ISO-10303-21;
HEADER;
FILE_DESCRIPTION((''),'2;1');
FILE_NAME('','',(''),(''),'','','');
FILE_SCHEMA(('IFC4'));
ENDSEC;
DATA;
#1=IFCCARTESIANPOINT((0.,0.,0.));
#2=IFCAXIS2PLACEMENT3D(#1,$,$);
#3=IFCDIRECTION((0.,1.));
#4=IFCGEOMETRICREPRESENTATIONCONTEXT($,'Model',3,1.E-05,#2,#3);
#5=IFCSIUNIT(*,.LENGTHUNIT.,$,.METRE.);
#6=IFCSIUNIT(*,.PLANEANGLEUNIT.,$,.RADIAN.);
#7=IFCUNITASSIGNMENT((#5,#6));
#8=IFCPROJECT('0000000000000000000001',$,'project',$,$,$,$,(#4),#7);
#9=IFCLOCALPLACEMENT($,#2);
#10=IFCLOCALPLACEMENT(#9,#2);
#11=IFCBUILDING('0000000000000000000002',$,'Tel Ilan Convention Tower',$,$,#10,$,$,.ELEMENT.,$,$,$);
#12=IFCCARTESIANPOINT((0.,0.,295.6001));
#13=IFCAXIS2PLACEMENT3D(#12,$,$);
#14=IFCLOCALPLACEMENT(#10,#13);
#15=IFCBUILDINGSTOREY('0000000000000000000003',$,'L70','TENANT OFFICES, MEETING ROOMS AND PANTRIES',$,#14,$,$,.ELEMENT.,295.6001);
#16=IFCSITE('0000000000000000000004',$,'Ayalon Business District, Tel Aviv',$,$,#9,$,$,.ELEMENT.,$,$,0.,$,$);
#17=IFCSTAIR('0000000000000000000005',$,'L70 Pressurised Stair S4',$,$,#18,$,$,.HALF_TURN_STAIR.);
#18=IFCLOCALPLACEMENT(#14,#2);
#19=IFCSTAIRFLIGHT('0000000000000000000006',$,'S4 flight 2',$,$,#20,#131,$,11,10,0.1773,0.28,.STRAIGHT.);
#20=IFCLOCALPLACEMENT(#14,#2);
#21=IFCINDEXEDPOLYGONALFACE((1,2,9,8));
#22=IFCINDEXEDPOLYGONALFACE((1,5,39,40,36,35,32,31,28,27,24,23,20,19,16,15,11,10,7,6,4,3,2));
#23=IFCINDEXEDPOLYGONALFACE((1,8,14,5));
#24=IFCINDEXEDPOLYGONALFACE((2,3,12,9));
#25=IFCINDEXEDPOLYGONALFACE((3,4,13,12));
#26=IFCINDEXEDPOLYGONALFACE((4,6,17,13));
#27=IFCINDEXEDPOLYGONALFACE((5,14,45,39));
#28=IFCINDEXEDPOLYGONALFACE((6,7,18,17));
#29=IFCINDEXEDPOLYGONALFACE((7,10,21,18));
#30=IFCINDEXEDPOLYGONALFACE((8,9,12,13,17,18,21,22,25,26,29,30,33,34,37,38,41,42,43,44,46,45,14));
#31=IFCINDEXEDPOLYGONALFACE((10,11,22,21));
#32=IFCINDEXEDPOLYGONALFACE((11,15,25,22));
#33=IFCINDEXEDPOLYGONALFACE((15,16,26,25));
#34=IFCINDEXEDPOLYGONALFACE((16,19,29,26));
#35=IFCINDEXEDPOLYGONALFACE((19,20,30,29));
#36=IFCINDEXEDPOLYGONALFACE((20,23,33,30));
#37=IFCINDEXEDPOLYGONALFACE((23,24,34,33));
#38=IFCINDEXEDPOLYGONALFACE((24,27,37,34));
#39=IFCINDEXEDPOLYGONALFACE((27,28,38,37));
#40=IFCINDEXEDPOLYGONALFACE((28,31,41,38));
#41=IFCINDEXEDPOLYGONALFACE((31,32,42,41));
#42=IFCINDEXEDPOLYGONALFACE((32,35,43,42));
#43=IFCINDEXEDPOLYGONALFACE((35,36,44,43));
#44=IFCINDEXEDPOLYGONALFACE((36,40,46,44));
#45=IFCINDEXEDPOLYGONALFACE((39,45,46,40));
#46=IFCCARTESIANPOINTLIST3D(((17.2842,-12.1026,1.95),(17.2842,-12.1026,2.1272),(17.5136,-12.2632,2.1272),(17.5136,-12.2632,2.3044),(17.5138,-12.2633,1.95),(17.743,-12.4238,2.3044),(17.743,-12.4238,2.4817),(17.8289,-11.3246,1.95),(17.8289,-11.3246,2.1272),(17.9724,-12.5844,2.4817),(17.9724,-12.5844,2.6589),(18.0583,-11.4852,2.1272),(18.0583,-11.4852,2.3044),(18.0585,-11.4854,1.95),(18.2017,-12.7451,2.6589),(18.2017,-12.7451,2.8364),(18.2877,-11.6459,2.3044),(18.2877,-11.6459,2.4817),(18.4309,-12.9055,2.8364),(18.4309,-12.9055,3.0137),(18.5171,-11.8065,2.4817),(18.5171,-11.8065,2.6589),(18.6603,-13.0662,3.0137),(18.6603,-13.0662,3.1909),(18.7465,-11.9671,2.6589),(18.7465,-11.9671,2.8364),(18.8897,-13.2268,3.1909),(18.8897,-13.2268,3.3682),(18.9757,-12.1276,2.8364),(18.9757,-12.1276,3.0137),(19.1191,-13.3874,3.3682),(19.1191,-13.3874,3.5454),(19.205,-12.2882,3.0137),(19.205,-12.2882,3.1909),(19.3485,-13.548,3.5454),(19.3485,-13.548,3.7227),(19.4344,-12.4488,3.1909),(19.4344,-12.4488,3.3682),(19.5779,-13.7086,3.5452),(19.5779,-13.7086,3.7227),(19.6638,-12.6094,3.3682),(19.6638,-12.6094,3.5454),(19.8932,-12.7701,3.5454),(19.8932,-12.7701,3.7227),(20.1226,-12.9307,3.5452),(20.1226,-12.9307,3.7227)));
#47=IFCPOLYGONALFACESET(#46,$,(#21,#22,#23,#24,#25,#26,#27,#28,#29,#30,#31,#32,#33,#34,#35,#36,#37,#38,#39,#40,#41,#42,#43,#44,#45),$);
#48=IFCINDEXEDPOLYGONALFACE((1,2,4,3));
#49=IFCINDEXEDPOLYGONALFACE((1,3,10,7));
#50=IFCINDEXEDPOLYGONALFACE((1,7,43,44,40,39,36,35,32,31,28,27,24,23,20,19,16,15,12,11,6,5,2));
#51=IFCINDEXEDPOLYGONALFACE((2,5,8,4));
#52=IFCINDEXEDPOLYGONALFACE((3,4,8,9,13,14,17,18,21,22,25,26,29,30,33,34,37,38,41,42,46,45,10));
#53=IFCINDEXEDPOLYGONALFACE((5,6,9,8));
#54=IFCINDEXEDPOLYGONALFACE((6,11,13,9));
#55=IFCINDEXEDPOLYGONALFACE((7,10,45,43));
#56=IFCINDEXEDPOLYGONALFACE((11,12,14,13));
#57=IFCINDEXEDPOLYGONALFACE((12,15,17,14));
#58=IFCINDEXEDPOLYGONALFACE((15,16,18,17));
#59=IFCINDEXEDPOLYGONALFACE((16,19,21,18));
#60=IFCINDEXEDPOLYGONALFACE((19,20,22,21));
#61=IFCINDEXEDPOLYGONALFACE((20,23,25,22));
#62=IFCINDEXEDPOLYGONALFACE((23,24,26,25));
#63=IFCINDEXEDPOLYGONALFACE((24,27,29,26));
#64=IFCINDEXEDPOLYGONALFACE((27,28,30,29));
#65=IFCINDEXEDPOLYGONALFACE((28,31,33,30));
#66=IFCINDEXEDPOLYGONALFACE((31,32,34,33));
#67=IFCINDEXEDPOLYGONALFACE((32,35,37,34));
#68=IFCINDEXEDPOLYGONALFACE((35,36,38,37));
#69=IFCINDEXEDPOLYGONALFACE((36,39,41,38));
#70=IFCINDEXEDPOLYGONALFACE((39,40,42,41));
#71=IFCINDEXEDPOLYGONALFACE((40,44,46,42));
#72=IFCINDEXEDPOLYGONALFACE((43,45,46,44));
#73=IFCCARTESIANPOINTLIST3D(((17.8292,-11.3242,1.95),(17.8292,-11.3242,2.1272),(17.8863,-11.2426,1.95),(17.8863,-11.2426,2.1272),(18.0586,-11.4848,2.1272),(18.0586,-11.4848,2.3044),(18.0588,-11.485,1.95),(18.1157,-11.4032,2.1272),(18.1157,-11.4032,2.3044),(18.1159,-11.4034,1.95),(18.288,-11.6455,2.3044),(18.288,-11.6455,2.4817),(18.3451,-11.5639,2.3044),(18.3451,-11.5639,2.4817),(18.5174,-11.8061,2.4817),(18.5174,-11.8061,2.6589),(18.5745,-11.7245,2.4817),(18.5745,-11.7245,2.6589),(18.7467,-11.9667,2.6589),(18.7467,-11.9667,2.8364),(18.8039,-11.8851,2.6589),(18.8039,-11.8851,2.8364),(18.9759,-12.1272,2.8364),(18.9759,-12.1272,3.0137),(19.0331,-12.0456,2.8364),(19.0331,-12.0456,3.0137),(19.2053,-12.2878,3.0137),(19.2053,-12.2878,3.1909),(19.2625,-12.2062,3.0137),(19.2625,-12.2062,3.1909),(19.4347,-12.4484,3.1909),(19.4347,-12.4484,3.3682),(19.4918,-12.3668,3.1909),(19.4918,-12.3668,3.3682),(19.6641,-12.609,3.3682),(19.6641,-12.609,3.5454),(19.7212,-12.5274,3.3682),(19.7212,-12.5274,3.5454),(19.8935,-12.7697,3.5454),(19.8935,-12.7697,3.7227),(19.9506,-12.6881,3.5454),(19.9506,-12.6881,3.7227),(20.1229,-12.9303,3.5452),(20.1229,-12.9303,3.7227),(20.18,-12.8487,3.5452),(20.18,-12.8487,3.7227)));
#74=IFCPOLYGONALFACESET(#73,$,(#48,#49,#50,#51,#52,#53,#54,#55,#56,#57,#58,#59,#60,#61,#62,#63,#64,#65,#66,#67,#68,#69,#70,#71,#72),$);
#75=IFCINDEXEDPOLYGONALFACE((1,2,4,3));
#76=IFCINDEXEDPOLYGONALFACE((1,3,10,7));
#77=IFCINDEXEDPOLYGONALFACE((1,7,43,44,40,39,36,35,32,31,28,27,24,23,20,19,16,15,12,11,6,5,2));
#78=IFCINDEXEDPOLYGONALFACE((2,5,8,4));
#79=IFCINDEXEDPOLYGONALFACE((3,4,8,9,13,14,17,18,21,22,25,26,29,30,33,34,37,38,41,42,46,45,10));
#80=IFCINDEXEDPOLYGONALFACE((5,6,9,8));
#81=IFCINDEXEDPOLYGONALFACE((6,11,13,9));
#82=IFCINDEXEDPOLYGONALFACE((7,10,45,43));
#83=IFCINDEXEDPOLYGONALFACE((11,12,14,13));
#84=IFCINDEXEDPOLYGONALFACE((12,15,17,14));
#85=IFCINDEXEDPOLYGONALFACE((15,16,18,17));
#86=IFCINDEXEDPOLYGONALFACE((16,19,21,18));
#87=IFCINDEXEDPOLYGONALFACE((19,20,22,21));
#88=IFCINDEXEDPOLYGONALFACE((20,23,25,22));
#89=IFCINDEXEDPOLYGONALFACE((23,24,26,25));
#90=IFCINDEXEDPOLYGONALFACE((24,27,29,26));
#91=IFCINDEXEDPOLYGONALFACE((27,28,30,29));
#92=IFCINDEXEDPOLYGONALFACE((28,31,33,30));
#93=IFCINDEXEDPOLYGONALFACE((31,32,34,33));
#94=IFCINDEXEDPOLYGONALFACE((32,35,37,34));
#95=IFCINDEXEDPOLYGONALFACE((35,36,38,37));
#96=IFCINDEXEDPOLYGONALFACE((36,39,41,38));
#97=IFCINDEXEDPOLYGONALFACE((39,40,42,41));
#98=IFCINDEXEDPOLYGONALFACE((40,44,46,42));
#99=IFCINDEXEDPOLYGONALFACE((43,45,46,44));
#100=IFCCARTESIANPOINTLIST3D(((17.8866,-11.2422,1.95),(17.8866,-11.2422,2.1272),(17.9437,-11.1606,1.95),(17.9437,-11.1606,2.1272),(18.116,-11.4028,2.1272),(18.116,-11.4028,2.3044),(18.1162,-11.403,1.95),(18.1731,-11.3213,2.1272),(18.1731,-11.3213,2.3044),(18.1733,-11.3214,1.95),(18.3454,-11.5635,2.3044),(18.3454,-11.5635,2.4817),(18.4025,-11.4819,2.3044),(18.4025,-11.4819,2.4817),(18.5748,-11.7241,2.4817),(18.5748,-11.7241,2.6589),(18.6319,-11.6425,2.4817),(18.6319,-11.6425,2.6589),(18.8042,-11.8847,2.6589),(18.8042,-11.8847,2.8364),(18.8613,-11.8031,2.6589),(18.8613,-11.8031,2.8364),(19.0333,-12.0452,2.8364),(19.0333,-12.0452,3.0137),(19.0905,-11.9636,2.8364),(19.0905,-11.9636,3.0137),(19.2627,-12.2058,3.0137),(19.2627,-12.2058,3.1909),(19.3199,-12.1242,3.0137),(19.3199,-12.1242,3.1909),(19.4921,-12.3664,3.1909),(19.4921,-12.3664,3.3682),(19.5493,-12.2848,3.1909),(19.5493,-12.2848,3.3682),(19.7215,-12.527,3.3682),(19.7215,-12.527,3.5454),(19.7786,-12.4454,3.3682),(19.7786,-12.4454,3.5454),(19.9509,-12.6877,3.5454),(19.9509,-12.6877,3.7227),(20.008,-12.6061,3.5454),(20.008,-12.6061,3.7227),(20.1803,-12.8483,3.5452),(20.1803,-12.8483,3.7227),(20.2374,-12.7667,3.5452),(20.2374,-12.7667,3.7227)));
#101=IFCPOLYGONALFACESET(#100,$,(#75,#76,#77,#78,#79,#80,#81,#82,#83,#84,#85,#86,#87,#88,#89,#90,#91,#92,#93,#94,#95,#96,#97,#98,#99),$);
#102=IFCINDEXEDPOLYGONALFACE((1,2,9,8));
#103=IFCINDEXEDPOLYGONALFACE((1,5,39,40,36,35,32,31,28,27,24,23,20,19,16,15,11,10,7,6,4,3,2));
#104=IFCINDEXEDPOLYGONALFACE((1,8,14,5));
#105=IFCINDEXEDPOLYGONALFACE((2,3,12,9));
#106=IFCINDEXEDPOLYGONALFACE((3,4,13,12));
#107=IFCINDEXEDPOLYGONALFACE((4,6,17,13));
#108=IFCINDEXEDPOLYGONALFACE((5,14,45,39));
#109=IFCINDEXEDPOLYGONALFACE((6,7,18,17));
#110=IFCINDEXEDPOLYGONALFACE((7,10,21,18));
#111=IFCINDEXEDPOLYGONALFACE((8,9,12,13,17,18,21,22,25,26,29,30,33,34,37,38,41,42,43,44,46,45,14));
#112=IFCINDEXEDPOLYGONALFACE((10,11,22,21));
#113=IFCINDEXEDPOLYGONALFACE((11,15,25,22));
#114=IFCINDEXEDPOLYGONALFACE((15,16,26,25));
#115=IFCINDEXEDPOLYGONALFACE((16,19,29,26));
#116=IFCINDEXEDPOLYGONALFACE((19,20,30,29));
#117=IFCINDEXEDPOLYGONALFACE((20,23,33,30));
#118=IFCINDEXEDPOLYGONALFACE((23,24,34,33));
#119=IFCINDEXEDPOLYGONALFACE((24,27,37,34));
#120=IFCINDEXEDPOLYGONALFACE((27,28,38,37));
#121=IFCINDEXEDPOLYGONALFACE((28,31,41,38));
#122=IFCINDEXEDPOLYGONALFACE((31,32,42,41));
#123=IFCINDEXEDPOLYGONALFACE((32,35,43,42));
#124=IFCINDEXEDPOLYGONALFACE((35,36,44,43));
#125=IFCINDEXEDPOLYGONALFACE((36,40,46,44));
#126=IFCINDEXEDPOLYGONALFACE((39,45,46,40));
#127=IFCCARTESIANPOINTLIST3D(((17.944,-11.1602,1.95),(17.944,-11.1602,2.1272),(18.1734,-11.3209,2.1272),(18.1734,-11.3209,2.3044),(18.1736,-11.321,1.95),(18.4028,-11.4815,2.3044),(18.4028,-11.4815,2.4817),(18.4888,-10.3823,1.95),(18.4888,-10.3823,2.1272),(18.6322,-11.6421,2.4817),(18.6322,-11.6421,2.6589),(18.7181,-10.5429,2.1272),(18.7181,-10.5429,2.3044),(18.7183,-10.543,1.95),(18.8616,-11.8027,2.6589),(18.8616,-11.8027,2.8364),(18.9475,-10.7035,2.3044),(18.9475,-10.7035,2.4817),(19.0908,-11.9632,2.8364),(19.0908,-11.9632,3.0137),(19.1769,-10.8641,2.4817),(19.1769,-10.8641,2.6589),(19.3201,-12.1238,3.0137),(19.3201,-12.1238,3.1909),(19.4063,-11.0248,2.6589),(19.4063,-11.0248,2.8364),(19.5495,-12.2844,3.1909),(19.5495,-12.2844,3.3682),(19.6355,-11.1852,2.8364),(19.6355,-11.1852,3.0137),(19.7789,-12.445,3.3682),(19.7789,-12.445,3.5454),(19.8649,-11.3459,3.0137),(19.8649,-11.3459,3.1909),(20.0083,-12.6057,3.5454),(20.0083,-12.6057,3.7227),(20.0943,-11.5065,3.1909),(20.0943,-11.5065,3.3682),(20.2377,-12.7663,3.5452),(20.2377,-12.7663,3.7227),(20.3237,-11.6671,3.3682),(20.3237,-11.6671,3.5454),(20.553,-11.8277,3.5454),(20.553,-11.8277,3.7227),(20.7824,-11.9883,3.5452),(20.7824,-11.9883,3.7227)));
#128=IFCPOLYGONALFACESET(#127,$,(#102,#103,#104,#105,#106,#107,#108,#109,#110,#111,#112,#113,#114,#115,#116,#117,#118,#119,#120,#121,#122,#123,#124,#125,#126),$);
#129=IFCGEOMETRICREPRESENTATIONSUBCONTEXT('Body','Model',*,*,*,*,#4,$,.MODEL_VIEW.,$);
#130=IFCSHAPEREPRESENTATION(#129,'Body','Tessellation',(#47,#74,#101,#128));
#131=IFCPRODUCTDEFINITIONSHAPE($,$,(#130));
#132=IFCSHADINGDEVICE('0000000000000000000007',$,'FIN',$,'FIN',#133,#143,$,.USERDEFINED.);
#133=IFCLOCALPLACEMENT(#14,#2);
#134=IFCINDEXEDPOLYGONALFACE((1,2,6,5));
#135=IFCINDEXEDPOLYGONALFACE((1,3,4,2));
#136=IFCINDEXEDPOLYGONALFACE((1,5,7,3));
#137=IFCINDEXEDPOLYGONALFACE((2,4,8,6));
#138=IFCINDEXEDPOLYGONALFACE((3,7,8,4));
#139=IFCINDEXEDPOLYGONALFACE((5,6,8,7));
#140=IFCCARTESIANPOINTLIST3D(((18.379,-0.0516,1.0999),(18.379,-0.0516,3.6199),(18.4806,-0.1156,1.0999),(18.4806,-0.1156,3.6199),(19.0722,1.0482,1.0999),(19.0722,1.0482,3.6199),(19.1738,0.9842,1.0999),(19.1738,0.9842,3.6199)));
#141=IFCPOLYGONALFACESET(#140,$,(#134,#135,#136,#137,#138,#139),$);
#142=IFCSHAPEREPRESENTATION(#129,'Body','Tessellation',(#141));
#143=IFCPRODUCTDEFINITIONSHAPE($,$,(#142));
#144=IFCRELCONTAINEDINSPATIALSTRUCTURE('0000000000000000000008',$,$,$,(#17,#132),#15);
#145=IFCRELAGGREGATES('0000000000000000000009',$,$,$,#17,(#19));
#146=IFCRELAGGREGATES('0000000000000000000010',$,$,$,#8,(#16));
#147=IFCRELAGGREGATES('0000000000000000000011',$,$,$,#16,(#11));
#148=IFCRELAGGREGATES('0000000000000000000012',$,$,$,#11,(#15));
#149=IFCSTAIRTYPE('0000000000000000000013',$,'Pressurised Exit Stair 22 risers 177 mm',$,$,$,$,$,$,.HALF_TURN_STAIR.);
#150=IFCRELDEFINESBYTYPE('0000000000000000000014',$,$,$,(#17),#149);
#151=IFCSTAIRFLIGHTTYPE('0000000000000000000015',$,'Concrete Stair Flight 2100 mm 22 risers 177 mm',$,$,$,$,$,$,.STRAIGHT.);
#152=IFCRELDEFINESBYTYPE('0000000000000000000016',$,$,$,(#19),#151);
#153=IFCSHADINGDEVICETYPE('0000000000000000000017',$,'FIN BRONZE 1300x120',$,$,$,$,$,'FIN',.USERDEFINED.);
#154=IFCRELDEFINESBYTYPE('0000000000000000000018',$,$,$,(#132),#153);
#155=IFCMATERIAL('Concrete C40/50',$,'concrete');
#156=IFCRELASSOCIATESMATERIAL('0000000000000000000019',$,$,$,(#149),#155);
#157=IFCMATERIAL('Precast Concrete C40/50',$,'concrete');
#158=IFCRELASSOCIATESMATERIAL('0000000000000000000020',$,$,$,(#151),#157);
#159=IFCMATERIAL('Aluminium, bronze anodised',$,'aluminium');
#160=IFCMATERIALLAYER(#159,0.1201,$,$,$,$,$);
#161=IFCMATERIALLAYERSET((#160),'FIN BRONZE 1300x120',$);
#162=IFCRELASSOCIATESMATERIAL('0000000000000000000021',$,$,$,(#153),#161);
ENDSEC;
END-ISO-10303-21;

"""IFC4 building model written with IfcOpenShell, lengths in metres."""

from ifc_helpers import new_model, si_unit, direction, frame, origin, origin_2d, place, context, subcontext, project, spatial, polyline, rectangle, outline, extrude, material, layer, layer_set, type_object, element, aggregate, save


model = new_model("IFC4")

# Units and contexts
model_context = context("Model", 3, precision=1e-05, world=origin(), true_north=direction((0.0, 1.0)))
body_context = subcontext(model_context, "Body", "Model", "MODEL_VIEW")
ifc_project = project(units=[si_unit("LENGTHUNIT", "METRE"), si_unit("PLANEANGLEUNIT", "RADIAN")], contexts=[model_context])

# Site, building, storey
site_placement = place(None, origin())
site = spatial("IfcSite", under=ifc_project, at=site_placement, Name="Ayalon Business District, Tel Aviv", CompositionType="ELEMENT", RefElevation=0.0)
building_placement = place(site_placement, origin())
building = spatial("IfcBuilding", under=site, at=building_placement, Name="Tel Ilan Convention Tower", CompositionType="ELEMENT")
storey_placement = place(building_placement, frame((0.0, 0.0, 295.6001)))
storey = spatial("IfcBuildingStorey", under=building, at=storey_placement, Name="L70", Description="TENANT OFFICES, MEETING ROOMS AND PANTRIES", CompositionType="ELEMENT", Elevation=295.6001)

# Stair, stair flight
ifc_material_1 = material(Name="Concrete C40/50", Category="concrete")
stair_type = type_object("IfcStairType", Name="Pressurised Exit Stair 22 risers 177 mm", PredefinedType="HALF_TURN_STAIR", material=ifc_material_1)
ifc_material_2 = material(Name="Precast Concrete C40/50", Category="concrete")
stair_flight_type = type_object("IfcStairFlightType", Name="Concrete Stair Flight 2100 mm 22 risers 177 mm", PredefinedType="STRAIGHT", material=ifc_material_2)
stair_1_placement = place(storey_placement, origin())
stair_1 = element("IfcStair", 1, at=stair_1_placement, inside=storey, type_object=stair_type, Name="L70 Pressurised Stair S4", PredefinedType="HALF_TURN_STAIR")
stair_flight_1_placement = place(storey_placement, frame((17.8865, -11.2424, 1.95), z_axis=(0.0, 0.0, 1.0), x_axis=(0.819152, -0.573576, 0.0)))
stair_flight_1 = element("IfcStairFlight", 2, at=stair_flight_1_placement, type_object=stair_flight_type, Name="S4 flight 2", NumberOfRisers=11, NumberOfTreads=10, PredefinedType="STRAIGHT", RiserHeight=0.1773, TreadLength=0.28, context=body_context, shape_type="SweptSolid", body=[
    extrude(outline(polyline([(0.0, 0.0), (0.0, 0.1772), (0.28, 0.1772), (0.28, 0.3545), (0.5601, 0.3545), (0.5601, 0.5317), (0.8401, 0.5317), (0.8401, 0.709), (1.1201, 0.709), (1.1201, 0.8865), (1.3999, 0.8865), (1.3999, 1.0637), (1.6799, 1.0637), (1.6799, 1.241), (1.96, 1.241), (1.96, 1.4182), (2.24, 1.4182), (2.24, 1.5955), (2.52, 1.5955), (2.52, 1.7727), (2.8, 1.7727), (2.8, 1.95), (2.8, 1.5952), (0.2803, 0.0), (0.0, 0.0)])), frame((0.0, -0.1003, 0.0), z_axis=(0.0, -1.0, 0.0), x_axis=(1.0, 0.0, 0.0)), (0.0, 0.0, 1.0), 0.9497),
    extrude(outline(polyline([(0.0, 0.0), (0.0, 0.1772), (0.28, 0.1772), (0.28, 0.3545), (0.5601, 0.3545), (0.5601, 0.5317), (0.8401, 0.5317), (0.8401, 0.709), (1.1201, 0.709), (1.1201, 0.8865), (1.3999, 0.8865), (1.3999, 1.0637), (1.6799, 1.0637), (1.6799, 1.241), (1.96, 1.241), (1.96, 1.4182), (2.24, 1.4182), (2.24, 1.5955), (2.52, 1.5955), (2.52, 1.7727), (2.8, 1.7727), (2.8, 1.95), (2.8, 1.5952), (0.2803, 0.0), (0.0, 0.0)])), frame((0.0, -0.0002, 0.0), z_axis=(0.0, -1.0, 0.0), x_axis=(1.0, 0.0, 0.0)), (0.0, 0.0, 1.0), 0.0996),
    extrude(outline(polyline([(0.0, 0.0), (0.0, 0.1772), (0.28, 0.1772), (0.28, 0.3545), (0.5601, 0.3545), (0.5601, 0.5317), (0.8401, 0.5317), (0.8401, 0.709), (1.1201, 0.709), (1.1201, 0.8865), (1.3999, 0.8865), (1.3999, 1.0637), (1.6799, 1.0637), (1.6799, 1.241), (1.96, 1.241), (1.96, 1.4182), (2.24, 1.4182), (2.24, 1.5955), (2.52, 1.5955), (2.52, 1.7727), (2.8, 1.7727), (2.8, 1.95), (2.8, 1.5952), (0.2803, 0.0), (0.0, 0.0)])), frame((0.0, 0.0999, 0.0), z_axis=(0.0, -1.0, 0.0), x_axis=(1.0, 0.0, 0.0)), (0.0, 0.0, 1.0), 0.0996),
    extrude(outline(polyline([(0.0, 0.0), (0.0, 0.1772), (0.28, 0.1772), (0.28, 0.3545), (0.5601, 0.3545), (0.5601, 0.5317), (0.8401, 0.5317), (0.8401, 0.709), (1.1201, 0.709), (1.1201, 0.8865), (1.3999, 0.8865), (1.3999, 1.0637), (1.6799, 1.0637), (1.6799, 1.241), (1.96, 1.241), (1.96, 1.4182), (2.24, 1.4182), (2.24, 1.5955), (2.52, 1.5955), (2.52, 1.7727), (2.8, 1.7727), (2.8, 1.95), (2.8, 1.5952), (0.2803, 0.0), (0.0, 0.0)])), frame((0.0, 1.05, 0.0), z_axis=(0.0, -1.0, 0.0), x_axis=(1.0, 0.0, 0.0)), (0.0, 0.0, 1.0), 0.9497),
])
aggregate(stair_1, [stair_flight_1])

# Shading device
ifc_material_3 = material(Name="Aluminium, bronze anodised", Category="aluminium")
ifc_layer_1 = layer(ifc_material_3, 0.1201)
ifc_layer_set_1 = layer_set([ifc_layer_1], Name="FIN BRONZE 1300x120")
shading_device_type = type_object("IfcShadingDeviceType", Name="FIN BRONZE 1300x120", ElementType="FIN", PredefinedType="USERDEFINED", material=ifc_layer_set_1)
shading_device_placement = place(storey_placement, frame((18.7764, 0.4663, 1.0999), z_axis=(0.0, 0.0, 1.0), x_axis=(0.533204, 0.845986, 0.0)))
element("IfcShadingDevice", 3, at=shading_device_placement, inside=storey, type_object=shading_device_type, Name="FIN", ObjectType="FIN", PredefinedType="USERDEFINED", context=body_context, shape_type="SweptSolid", body=[
    extrude(rectangle(XDim=1.3, YDim=0.1201, at=origin_2d()), origin(), (0.0, 0.0, 1.0), 2.52),
])

save(model, "model.ifc")
